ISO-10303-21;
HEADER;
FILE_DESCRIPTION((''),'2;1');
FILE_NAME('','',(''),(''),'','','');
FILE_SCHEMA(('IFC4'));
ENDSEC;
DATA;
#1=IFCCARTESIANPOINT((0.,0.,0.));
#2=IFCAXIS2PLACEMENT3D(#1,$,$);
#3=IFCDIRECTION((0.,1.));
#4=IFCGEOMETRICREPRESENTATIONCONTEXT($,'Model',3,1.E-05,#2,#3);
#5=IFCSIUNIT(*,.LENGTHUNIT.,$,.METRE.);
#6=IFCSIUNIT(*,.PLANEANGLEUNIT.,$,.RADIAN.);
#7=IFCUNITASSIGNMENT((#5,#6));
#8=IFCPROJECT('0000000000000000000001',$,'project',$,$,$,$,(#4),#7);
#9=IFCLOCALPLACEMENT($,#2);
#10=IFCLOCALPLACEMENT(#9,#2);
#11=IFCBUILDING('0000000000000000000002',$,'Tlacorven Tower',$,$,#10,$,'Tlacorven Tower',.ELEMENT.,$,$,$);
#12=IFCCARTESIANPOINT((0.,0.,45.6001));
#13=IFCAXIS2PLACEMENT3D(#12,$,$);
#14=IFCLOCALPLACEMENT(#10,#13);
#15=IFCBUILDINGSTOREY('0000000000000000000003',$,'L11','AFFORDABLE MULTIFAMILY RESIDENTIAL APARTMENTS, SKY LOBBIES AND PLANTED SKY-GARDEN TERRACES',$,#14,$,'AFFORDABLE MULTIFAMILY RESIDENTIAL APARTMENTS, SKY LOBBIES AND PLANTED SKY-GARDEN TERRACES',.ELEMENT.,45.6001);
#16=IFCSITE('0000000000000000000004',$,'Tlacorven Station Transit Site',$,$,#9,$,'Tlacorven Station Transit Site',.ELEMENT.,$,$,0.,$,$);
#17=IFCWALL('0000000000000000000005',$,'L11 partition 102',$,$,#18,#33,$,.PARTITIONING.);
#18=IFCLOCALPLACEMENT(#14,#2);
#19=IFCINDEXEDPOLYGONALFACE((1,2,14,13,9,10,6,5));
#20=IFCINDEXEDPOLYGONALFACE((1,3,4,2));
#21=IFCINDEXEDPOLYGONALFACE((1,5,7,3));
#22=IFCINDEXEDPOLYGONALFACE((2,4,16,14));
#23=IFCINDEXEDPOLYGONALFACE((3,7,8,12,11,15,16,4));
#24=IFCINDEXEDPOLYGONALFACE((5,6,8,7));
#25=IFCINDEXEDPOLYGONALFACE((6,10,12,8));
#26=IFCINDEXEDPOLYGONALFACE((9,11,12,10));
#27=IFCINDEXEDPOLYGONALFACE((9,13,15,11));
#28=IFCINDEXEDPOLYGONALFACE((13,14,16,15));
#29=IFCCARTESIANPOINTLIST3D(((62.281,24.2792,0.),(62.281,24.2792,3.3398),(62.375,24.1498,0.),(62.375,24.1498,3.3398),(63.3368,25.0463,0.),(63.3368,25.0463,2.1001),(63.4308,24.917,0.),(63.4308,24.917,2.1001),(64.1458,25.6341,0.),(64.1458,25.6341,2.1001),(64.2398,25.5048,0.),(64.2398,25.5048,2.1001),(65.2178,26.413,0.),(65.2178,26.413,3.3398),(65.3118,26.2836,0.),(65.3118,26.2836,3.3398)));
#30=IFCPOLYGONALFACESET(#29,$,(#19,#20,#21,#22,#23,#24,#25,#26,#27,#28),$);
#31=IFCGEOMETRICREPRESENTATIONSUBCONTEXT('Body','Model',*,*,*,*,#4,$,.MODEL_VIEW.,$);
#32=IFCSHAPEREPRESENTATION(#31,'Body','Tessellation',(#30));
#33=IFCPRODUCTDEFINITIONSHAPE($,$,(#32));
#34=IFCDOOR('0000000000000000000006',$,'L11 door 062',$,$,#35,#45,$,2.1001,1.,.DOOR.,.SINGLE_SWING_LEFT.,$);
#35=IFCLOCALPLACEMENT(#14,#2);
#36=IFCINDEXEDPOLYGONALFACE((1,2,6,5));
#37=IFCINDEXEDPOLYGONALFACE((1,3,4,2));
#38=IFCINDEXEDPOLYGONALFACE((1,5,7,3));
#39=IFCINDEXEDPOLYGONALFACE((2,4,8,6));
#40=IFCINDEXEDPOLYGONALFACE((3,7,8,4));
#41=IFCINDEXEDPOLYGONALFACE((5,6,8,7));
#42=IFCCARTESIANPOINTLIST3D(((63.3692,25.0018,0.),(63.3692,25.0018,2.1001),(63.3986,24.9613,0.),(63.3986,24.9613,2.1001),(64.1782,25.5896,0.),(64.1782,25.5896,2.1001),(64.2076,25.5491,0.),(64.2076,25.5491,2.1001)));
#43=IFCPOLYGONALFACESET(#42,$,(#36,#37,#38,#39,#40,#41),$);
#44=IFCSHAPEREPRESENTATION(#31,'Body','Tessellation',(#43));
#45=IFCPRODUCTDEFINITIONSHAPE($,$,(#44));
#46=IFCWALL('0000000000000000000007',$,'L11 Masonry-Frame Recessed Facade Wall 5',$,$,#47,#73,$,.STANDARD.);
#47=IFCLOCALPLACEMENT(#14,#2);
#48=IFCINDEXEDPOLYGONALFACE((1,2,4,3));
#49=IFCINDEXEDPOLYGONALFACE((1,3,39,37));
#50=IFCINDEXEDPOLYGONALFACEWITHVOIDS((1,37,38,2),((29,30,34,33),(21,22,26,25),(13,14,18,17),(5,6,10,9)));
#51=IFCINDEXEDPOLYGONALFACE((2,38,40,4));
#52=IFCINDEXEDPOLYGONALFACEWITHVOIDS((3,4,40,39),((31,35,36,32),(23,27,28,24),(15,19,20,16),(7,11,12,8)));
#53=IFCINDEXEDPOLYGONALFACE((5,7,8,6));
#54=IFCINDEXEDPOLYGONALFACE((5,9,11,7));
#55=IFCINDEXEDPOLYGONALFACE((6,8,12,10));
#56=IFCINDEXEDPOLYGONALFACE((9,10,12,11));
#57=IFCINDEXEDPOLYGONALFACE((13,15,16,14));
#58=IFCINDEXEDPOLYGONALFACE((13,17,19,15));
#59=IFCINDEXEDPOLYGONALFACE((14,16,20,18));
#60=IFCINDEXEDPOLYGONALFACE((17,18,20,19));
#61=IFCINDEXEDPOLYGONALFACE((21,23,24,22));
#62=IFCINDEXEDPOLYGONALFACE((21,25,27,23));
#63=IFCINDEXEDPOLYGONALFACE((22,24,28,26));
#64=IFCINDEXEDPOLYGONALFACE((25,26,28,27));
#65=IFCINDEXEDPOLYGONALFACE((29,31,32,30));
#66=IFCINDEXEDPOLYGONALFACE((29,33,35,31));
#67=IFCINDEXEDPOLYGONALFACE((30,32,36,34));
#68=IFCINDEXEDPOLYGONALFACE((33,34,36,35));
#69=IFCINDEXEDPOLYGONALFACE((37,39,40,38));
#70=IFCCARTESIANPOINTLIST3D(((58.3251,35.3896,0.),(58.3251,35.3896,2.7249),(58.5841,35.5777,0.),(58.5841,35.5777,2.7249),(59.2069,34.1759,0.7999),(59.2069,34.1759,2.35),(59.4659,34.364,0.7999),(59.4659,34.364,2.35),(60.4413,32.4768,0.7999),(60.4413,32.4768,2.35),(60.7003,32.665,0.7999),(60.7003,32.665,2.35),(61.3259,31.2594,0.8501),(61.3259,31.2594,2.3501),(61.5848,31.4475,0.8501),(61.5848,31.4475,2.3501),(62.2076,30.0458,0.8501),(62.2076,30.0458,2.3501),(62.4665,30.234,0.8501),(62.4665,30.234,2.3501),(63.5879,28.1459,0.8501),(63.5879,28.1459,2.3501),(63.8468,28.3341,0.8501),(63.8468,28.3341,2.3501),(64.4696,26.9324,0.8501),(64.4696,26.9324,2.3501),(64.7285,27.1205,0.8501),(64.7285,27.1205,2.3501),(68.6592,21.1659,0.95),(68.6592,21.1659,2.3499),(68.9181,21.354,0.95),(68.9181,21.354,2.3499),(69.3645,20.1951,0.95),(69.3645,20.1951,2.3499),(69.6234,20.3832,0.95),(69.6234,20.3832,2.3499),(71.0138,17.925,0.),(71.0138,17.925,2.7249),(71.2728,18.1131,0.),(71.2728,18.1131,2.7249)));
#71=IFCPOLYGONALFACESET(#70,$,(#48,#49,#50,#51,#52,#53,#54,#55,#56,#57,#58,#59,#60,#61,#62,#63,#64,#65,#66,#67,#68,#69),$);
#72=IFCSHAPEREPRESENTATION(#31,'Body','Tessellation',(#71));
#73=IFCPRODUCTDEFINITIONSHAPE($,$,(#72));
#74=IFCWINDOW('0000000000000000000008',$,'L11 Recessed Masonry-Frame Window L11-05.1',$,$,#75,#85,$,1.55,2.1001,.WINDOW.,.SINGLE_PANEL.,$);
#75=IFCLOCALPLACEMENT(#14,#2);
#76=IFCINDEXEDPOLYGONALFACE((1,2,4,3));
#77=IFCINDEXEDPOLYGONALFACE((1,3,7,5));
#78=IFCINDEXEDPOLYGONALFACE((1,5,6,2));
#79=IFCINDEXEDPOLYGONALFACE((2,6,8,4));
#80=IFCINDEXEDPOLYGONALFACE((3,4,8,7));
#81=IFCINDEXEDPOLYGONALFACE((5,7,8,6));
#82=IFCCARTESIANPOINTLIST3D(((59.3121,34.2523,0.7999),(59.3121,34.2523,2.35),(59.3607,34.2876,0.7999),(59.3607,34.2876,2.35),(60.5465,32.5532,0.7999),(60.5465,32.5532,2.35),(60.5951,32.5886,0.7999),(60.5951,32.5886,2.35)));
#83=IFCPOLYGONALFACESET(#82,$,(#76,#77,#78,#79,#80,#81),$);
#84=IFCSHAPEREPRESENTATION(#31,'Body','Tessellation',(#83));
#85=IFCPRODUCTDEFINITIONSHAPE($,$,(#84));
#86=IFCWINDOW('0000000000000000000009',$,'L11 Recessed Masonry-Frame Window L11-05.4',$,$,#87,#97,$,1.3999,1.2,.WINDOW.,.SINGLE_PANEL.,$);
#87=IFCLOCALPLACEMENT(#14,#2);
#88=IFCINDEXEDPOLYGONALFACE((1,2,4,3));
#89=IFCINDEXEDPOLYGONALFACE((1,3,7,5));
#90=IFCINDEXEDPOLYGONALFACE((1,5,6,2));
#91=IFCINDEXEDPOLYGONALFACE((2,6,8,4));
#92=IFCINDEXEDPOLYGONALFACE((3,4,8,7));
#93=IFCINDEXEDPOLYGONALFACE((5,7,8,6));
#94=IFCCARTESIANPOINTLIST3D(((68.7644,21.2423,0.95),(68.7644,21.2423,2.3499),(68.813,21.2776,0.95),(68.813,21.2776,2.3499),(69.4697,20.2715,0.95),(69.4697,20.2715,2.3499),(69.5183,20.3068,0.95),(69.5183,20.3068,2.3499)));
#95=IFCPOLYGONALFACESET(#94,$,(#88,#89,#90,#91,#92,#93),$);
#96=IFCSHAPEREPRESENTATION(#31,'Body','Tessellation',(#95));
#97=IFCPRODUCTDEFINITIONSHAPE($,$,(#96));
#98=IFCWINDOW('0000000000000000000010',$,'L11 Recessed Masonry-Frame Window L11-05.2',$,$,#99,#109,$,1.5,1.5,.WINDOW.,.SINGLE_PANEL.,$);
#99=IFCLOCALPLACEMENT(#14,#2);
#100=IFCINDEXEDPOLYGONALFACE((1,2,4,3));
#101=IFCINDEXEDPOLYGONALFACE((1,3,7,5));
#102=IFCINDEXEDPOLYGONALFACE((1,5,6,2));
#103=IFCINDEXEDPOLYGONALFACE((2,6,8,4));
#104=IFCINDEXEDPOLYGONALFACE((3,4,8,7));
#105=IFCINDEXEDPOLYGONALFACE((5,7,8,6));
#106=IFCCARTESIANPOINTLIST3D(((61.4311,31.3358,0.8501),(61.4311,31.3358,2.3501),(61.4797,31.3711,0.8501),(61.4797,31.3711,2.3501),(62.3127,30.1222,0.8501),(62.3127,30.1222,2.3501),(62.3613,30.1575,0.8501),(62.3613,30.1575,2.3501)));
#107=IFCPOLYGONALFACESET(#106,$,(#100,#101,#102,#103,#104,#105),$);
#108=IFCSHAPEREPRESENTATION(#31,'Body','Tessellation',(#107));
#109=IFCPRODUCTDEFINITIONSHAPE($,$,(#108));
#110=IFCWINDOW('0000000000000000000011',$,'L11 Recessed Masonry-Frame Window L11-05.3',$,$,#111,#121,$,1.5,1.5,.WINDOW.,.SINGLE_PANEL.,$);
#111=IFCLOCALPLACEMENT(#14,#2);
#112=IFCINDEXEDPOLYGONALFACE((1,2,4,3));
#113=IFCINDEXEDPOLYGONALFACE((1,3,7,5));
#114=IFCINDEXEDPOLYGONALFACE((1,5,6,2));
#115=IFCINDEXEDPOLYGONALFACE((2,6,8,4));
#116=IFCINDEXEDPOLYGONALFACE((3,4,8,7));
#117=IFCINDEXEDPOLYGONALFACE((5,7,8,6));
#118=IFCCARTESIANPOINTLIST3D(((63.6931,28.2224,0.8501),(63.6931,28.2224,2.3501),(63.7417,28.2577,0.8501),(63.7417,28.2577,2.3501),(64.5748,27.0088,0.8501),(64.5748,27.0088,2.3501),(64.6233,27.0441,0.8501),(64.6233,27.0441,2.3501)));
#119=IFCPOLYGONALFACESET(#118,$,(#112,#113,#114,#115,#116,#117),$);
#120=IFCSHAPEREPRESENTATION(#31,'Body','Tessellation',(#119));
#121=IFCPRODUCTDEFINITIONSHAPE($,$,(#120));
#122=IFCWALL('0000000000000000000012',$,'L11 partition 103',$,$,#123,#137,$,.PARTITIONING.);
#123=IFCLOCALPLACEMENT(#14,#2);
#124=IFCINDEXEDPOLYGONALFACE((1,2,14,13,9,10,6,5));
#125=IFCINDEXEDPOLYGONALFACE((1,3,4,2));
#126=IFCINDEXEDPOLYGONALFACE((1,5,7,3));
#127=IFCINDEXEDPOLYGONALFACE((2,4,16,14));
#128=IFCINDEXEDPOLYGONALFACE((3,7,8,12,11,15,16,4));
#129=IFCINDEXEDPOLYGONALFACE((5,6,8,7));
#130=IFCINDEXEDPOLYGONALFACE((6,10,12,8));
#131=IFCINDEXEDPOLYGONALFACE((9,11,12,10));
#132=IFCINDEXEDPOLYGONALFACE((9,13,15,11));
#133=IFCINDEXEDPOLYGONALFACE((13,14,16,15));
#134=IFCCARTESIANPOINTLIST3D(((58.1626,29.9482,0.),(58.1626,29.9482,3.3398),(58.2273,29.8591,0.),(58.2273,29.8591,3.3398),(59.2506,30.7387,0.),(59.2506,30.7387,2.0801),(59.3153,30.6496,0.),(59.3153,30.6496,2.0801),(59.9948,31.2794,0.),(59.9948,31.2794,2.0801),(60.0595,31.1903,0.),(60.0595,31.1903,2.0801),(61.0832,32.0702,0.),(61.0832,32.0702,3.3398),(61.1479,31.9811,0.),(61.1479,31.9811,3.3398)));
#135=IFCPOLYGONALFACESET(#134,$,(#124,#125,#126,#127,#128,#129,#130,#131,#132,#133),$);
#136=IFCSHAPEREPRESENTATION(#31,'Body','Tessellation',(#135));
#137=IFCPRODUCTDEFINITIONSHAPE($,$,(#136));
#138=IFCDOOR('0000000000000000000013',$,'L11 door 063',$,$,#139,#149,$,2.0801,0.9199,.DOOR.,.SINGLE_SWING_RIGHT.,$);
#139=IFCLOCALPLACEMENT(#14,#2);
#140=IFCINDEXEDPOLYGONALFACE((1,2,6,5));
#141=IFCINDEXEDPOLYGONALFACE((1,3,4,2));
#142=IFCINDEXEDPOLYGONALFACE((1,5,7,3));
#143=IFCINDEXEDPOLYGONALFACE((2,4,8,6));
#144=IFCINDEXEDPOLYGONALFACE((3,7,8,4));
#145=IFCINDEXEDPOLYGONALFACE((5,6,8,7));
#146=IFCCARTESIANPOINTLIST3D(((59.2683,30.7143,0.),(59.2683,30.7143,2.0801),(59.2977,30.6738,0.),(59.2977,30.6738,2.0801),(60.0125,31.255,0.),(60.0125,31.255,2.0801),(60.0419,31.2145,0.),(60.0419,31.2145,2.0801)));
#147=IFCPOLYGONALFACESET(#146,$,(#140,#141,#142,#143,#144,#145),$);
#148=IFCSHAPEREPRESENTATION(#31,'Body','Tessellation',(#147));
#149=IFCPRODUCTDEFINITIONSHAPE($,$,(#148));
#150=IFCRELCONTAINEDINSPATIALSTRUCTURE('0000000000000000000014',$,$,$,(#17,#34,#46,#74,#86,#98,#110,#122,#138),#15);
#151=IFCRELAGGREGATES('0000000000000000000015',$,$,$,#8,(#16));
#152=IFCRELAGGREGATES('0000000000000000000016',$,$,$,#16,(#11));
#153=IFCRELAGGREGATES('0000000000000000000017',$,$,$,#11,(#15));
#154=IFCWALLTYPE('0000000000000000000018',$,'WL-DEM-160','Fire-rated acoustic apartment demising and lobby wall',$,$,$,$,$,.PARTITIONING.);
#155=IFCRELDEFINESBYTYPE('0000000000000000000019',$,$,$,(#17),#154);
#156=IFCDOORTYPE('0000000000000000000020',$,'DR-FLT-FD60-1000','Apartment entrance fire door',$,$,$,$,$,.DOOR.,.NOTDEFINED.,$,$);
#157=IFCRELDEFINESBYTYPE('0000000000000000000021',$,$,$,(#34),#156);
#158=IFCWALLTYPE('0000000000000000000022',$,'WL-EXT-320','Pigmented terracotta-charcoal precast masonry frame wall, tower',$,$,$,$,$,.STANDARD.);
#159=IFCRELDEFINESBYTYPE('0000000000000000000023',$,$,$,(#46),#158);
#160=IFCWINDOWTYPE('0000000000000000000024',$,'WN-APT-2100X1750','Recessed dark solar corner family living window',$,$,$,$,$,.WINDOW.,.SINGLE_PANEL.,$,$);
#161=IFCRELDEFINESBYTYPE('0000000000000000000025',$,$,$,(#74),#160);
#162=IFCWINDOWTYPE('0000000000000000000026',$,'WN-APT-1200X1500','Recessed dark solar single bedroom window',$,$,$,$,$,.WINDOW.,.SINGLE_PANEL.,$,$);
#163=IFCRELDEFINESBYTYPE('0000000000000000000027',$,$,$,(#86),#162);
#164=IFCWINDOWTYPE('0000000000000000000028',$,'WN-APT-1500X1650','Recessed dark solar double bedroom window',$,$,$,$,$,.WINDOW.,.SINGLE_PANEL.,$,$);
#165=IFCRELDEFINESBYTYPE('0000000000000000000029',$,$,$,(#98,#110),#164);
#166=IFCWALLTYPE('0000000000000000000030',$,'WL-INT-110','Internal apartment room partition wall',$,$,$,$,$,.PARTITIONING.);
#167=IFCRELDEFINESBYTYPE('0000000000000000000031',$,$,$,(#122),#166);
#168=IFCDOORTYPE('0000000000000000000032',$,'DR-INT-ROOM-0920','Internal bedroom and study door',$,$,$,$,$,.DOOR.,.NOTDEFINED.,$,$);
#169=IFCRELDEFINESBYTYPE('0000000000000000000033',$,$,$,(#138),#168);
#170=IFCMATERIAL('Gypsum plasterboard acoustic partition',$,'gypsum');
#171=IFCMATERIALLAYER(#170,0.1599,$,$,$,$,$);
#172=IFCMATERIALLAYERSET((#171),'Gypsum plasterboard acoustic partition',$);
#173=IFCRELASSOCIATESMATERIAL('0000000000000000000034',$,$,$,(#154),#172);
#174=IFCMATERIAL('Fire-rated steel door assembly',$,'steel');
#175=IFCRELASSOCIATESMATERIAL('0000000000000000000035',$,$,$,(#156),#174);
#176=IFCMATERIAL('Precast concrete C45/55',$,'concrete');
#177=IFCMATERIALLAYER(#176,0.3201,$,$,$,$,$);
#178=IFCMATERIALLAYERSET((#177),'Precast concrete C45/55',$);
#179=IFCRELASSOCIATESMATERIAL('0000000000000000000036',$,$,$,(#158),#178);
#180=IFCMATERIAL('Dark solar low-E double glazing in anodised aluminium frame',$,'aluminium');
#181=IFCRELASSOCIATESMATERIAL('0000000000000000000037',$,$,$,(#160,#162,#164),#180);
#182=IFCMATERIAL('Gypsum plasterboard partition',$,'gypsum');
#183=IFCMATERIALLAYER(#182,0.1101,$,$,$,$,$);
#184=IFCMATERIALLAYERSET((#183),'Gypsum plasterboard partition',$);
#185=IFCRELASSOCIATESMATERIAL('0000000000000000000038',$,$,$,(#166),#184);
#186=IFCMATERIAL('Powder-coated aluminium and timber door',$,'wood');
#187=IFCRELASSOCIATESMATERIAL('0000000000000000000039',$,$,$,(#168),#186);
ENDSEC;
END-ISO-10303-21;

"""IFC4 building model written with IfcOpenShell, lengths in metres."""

from ifc_helpers import new_model, si_unit, direction, frame, frame_2d, origin, place, context, subcontext, project, spatial, rectangle, extrude, source, transform, mapped, material, layer, layer_set, type_object, element, fill, save


model = new_model("IFC4")

# Units and contexts
model_context = context("Model", 3, precision=1e-05, world=origin(), true_north=direction((0.0, 1.0)))
body_context = subcontext(model_context, "Body", "Model", "MODEL_VIEW")
ifc_project = project(units=[si_unit("LENGTHUNIT", "METRE"), si_unit("PLANEANGLEUNIT", "RADIAN")], contexts=[model_context])

# Site, building, storey
site_placement = place(None, origin())
site = spatial("IfcSite", under=ifc_project, at=site_placement, Name="Tlacorven Station Transit Site", LongName="Tlacorven Station Transit Site", CompositionType="ELEMENT", RefElevation=0.0)
building_placement = place(site_placement, origin())
building = spatial("IfcBuilding", under=site, at=building_placement, Name="Tlacorven Tower", LongName="Tlacorven Tower", CompositionType="ELEMENT")
storey_placement = place(building_placement, frame((0.0, 0.0, 45.6001)))
storey = spatial("IfcBuildingStorey", under=building, at=storey_placement, Name="L11", Description="AFFORDABLE MULTIFAMILY RESIDENTIAL APARTMENTS, SKY LOBBIES AND PLANTED SKY-GARDEN TERRACES", LongName="AFFORDABLE MULTIFAMILY RESIDENTIAL APARTMENTS, SKY LOBBIES AND PLANTED SKY-GARDEN TERRACES", CompositionType="ELEMENT", Elevation=45.6001)

# Shared definitions
ifc_material_1 = material(Name="Gypsum plasterboard acoustic partition", Category="gypsum")
ifc_layer_1 = layer(ifc_material_1, 0.1599)
ifc_layer_set_1 = layer_set([ifc_layer_1], Name="Gypsum plasterboard acoustic partition")
wall_type_1 = type_object("IfcWallType", Name="WL-DEM-160", Description="Fire-rated acoustic apartment demising and lobby wall", PredefinedType="PARTITIONING", material=ifc_layer_set_1)
ifc_material_2 = material(Name="Fire-rated steel door assembly", Category="steel")
door_type_1 = type_object("IfcDoorType", Name="DR-FLT-FD60-1000", Description="Apartment entrance fire door", OperationType="NOTDEFINED", PredefinedType="DOOR", material=ifc_material_2)
shared_shape_1 = source(origin(), body_context, "Body", "SweptSolid", [
    extrude(rectangle(XDim=1.0, YDim=2.1001, at=frame_2d((0.5, 1.05))), frame((0.0, 0.0249, 0.0), z_axis=(0.0, -1.0, 0.0), x_axis=(1.0, 0.0, 0.0)), (0.0, 0.0, 1.0), 0.05),
])

# Wall, opening, door
wall_1_placement = place(storey_placement, frame((62.3281, 24.2146, 0.0), z_axis=(0.0, 0.0, 1.0), x_axis=(0.809004, 0.587804, 0.0)))
wall_1 = element("IfcWall", 1, at=wall_1_placement, inside=storey, type_object=wall_type_1, Name="L11 partition 102", PredefinedType="PARTITIONING", context=body_context, shape_type="SweptSolid", body=[
    extrude(rectangle(XDim=3.6301, YDim=0.1599, at=frame_2d((1.8149, 0.0))), origin(), (0.0, 0.0, 1.0), 3.3398),
])
opening_1_placement = place(wall_1_placement, frame((1.3049, 0.0, 0.0)))
opening_1 = element("IfcOpeningElement", 2, at=opening_1_placement, cuts=wall_1, PredefinedType="OPENING", context=body_context, shape_type="SweptSolid", body=[
    extrude(rectangle(XDim=1.0, YDim=2.1001, at=frame_2d((0.5, 1.05))), frame((0.0, 0.0898, 0.0), z_axis=(0.0, -1.0, 0.0), x_axis=(1.0, 0.0, 0.0)), (0.0, 0.0, 1.0), 0.1799),
])
door_1_placement = place(opening_1_placement, origin())
door_1 = element("IfcDoor", 3, at=door_1_placement, inside=storey, type_object=door_type_1, Name="L11 door 062", OperationType="SINGLE_SWING_LEFT", OverallHeight=2.1001, OverallWidth=1.0, PredefinedType="DOOR", context=body_context, shape_type="MappedRepresentation", body=[
    mapped(shared_shape_1, transform((0.0, 0.0, 0.0), scale=1.0)),
])
fill(opening_1, door_1)

# Wall, openings, windows
ifc_material_3 = material(Name="Precast concrete C45/55", Category="concrete")
ifc_layer_2 = layer(ifc_material_3, 0.3201)
ifc_layer_set_2 = layer_set([ifc_layer_2], Name="Precast concrete C45/55")
wall_type_2 = type_object("IfcWallType", Name="WL-EXT-320", Description="Pigmented terracotta-charcoal precast masonry frame wall, tower", PredefinedType="STANDARD", material=ifc_layer_set_2)
wall_2_placement = place(storey_placement, frame((58.4546, 35.4836, 0.0), z_axis=(0.0, 0.0, 1.0), x_axis=(0.587784, -0.809018, 0.0)))
wall_2 = element("IfcWall", 4, at=wall_2_placement, inside=storey, type_object=wall_type_2, Name="L11 Masonry-Frame Recessed Facade Wall 5", PredefinedType="STANDARD", context=body_context, shape_type="SweptSolid", body=[
    extrude(rectangle(XDim=21.5874, YDim=0.3201, at=frame_2d((10.7937, 0.0))), origin(), (0.0, 0.0, 1.0), 2.7249),
])
opening_2_placement = place(wall_2_placement, frame((1.5002, 0.0, 0.8)))
opening_2 = element("IfcOpeningElement", 5, at=opening_2_placement, cuts=wall_2, PredefinedType="OPENING", context=body_context, shape_type="SweptSolid", body=[
    extrude(rectangle(XDim=2.1001, YDim=1.55, at=frame_2d((1.05, 0.7749))), frame((0.0, 0.1699, 0.0), z_axis=(0.0, -1.0, 0.0), x_axis=(1.0, 0.0, 0.0)), (0.0, 0.0, 1.0), 0.3401),
])
opening_3_placement = place(wall_2_placement, frame((5.1052, 0.0, 0.8501)))
opening_3 = element("IfcOpeningElement", 6, at=opening_3_placement, cuts=wall_2, PredefinedType="OPENING", context=body_context, shape_type="SweptSolid", body=[
    extrude(rectangle(XDim=1.5, YDim=1.5, at=frame_2d((0.75, 0.75))), frame((0.0, 0.1699, 0.0), z_axis=(0.0, -1.0, 0.0), x_axis=(1.0, 0.0, 0.0)), (0.0, 0.0, 1.0), 0.3401),
])
opening_4_placement = place(wall_2_placement, frame((8.9536, 0.0, 0.8501)))
opening_4 = element("IfcOpeningElement", 7, at=opening_4_placement, cuts=wall_2, PredefinedType="OPENING", context=body_context, shape_type="SweptSolid", body=[
    extrude(rectangle(XDim=1.5, YDim=1.5, at=frame_2d((0.75, 0.75))), frame((0.0, 0.1699, 0.0), z_axis=(0.0, -1.0, 0.0), x_axis=(1.0, 0.0, 0.0)), (0.0, 0.0, 1.0), 0.3401),
])
opening_5_placement = place(wall_2_placement, frame((17.5813, 0.0, 0.95)))
opening_5 = element("IfcOpeningElement", 8, at=opening_5_placement, cuts=wall_2, PredefinedType="OPENING", context=body_context, shape_type="SweptSolid", body=[
    extrude(rectangle(XDim=1.2, YDim=1.3999, at=frame_2d((0.6001, 0.7))), frame((0.0, 0.1699, 0.0), z_axis=(0.0, -1.0, 0.0), x_axis=(1.0, 0.0, 0.0)), (0.0, 0.0, 1.0), 0.3401),
])
ifc_material_4 = material(Name="Dark solar low-E double glazing in anodised aluminium frame", Category="aluminium")
window_type_1 = type_object("IfcWindowType", Name="WN-APT-2100X1750", Description="Recessed dark solar corner family living window", PartitioningType="SINGLE_PANEL", PredefinedType="WINDOW", material=ifc_material_4)
shared_shape_2 = source(origin(), body_context, "Body", "SweptSolid", [
    extrude(rectangle(XDim=2.1001, YDim=1.55, at=frame_2d((1.05, 0.7749))), frame((0.0, 0.03, 0.0), z_axis=(0.0, -1.0, 0.0), x_axis=(1.0, 0.0, 0.0)), (0.0, 0.0, 1.0), 0.0601),
])
window_1_placement = place(opening_2_placement, origin())
window_1 = element("IfcWindow", 9, at=window_1_placement, inside=storey, type_object=window_type_1, Name="L11 Recessed Masonry-Frame Window L11-05.1", OverallHeight=1.55, OverallWidth=2.1001, PartitioningType="SINGLE_PANEL", PredefinedType="WINDOW", context=body_context, shape_type="MappedRepresentation", body=[
    mapped(shared_shape_2, transform((0.0, 0.0, 0.0), scale=1.0)),
])
fill(opening_2, window_1)
window_type_2 = type_object("IfcWindowType", Name="WN-APT-1200X1500", Description="Recessed dark solar single bedroom window", PartitioningType="SINGLE_PANEL", PredefinedType="WINDOW", material=ifc_material_4)
shared_shape_3 = source(origin(), body_context, "Body", "SweptSolid", [
    extrude(rectangle(XDim=1.2, YDim=1.3999, at=frame_2d((0.6001, 0.7))), frame((0.0, 0.03, 0.0), z_axis=(0.0, -1.0, 0.0), x_axis=(1.0, 0.0, 0.0)), (0.0, 0.0, 1.0), 0.0601),
])
window_2_placement = place(opening_5_placement, origin())
window_2 = element("IfcWindow", 10, at=window_2_placement, inside=storey, type_object=window_type_2, Name="L11 Recessed Masonry-Frame Window L11-05.4", OverallHeight=1.3999, OverallWidth=1.2, PartitioningType="SINGLE_PANEL", PredefinedType="WINDOW", context=body_context, shape_type="MappedRepresentation", body=[
    mapped(shared_shape_3, transform((0.0, 0.0, 0.0), scale=1.0)),
])
fill(opening_5, window_2)
window_type_3 = type_object("IfcWindowType", Name="WN-APT-1500X1650", Description="Recessed dark solar double bedroom window", PartitioningType="SINGLE_PANEL", PredefinedType="WINDOW", material=ifc_material_4)
shared_shape_4 = source(origin(), body_context, "Body", "SweptSolid", [
    extrude(rectangle(XDim=1.5, YDim=1.5, at=frame_2d((0.75, 0.75))), frame((0.0, 0.03, 0.0), z_axis=(0.0, -1.0, 0.0), x_axis=(1.0, 0.0, 0.0)), (0.0, 0.0, 1.0), 0.0601),
])
window_3_placement = place(opening_3_placement, origin())
window_3 = element("IfcWindow", 11, at=window_3_placement, inside=storey, type_object=window_type_3, Name="L11 Recessed Masonry-Frame Window L11-05.2", OverallHeight=1.5, OverallWidth=1.5, PartitioningType="SINGLE_PANEL", PredefinedType="WINDOW", context=body_context, shape_type="MappedRepresentation", body=[
    mapped(shared_shape_4, transform((0.0, 0.0, 0.0), scale=1.0)),
])
fill(opening_3, window_3)
window_4_placement = place(opening_4_placement, origin())
window_4 = element("IfcWindow", 12, at=window_4_placement, inside=storey, type_object=window_type_3, Name="L11 Recessed Masonry-Frame Window L11-05.3", OverallHeight=1.5, OverallWidth=1.5, PartitioningType="SINGLE_PANEL", PredefinedType="WINDOW", context=body_context, shape_type="MappedRepresentation", body=[
    mapped(shared_shape_4, transform((0.0, 0.0, 0.0), scale=1.0)),
])
fill(opening_4, window_4)

# Wall, opening, door
ifc_material_5 = material(Name="Gypsum plasterboard partition", Category="gypsum")
ifc_layer_3 = layer(ifc_material_5, 0.1101)
ifc_layer_set_3 = layer_set([ifc_layer_3], Name="Gypsum plasterboard partition")
wall_type_3 = type_object("IfcWallType", Name="WL-INT-110", Description="Internal apartment room partition wall", PredefinedType="PARTITIONING", material=ifc_layer_set_3)
wall_3_placement = place(storey_placement, frame((58.1948, 29.9036, 0.0), z_axis=(0.0, 0.0, 1.0), x_axis=(0.809005, 0.587802, 0.0)))
wall_3 = element("IfcWall", 13, at=wall_3_placement, inside=storey, type_object=wall_type_3, Name="L11 partition 103", PredefinedType="PARTITIONING", context=body_context, shape_type="SweptSolid", body=[
    extrude(rectangle(XDim=3.6101, YDim=0.1101, at=frame_2d((1.8052, 0.0))), origin(), (0.0, 0.0, 1.0), 3.3398),
])
opening_6_placement = place(wall_3_placement, frame((1.345, 0.0, 0.0)))
opening_6 = element("IfcOpeningElement", 14, at=opening_6_placement, cuts=wall_3, PredefinedType="OPENING", context=body_context, shape_type="SweptSolid", body=[
    extrude(rectangle(XDim=0.9199, YDim=2.0801, at=frame_2d((0.46, 1.04))), frame((0.0, 0.0649, 0.0), z_axis=(0.0, -1.0, 0.0), x_axis=(1.0, 0.0, 0.0)), (0.0, 0.0, 1.0), 0.1301),
])
ifc_material_6 = material(Name="Powder-coated aluminium and timber door", Category="wood")
door_type_2 = type_object("IfcDoorType", Name="DR-INT-ROOM-0920", Description="Internal bedroom and study door", OperationType="NOTDEFINED", PredefinedType="DOOR", material=ifc_material_6)
shared_shape_5 = source(origin(), body_context, "Body", "SweptSolid", [
    extrude(rectangle(XDim=0.9199, YDim=2.0801, at=frame_2d((0.46, 1.04))), frame((0.0, 0.0249, 0.0), z_axis=(0.0, -1.0, 0.0), x_axis=(1.0, 0.0, 0.0)), (0.0, 0.0, 1.0), 0.05),
])
door_2_placement = place(opening_6_placement, origin())
door_2 = element("IfcDoor", 15, at=door_2_placement, inside=storey, type_object=door_type_2, Name="L11 door 063", OperationType="SINGLE_SWING_RIGHT", OverallHeight=2.0801, OverallWidth=0.9199, PredefinedType="DOOR", context=body_context, shape_type="MappedRepresentation", body=[
    mapped(shared_shape_5, transform((0.0, 0.0, 0.0), scale=1.0)),
])
fill(opening_6, door_2)

save(model, "model.ifc")
